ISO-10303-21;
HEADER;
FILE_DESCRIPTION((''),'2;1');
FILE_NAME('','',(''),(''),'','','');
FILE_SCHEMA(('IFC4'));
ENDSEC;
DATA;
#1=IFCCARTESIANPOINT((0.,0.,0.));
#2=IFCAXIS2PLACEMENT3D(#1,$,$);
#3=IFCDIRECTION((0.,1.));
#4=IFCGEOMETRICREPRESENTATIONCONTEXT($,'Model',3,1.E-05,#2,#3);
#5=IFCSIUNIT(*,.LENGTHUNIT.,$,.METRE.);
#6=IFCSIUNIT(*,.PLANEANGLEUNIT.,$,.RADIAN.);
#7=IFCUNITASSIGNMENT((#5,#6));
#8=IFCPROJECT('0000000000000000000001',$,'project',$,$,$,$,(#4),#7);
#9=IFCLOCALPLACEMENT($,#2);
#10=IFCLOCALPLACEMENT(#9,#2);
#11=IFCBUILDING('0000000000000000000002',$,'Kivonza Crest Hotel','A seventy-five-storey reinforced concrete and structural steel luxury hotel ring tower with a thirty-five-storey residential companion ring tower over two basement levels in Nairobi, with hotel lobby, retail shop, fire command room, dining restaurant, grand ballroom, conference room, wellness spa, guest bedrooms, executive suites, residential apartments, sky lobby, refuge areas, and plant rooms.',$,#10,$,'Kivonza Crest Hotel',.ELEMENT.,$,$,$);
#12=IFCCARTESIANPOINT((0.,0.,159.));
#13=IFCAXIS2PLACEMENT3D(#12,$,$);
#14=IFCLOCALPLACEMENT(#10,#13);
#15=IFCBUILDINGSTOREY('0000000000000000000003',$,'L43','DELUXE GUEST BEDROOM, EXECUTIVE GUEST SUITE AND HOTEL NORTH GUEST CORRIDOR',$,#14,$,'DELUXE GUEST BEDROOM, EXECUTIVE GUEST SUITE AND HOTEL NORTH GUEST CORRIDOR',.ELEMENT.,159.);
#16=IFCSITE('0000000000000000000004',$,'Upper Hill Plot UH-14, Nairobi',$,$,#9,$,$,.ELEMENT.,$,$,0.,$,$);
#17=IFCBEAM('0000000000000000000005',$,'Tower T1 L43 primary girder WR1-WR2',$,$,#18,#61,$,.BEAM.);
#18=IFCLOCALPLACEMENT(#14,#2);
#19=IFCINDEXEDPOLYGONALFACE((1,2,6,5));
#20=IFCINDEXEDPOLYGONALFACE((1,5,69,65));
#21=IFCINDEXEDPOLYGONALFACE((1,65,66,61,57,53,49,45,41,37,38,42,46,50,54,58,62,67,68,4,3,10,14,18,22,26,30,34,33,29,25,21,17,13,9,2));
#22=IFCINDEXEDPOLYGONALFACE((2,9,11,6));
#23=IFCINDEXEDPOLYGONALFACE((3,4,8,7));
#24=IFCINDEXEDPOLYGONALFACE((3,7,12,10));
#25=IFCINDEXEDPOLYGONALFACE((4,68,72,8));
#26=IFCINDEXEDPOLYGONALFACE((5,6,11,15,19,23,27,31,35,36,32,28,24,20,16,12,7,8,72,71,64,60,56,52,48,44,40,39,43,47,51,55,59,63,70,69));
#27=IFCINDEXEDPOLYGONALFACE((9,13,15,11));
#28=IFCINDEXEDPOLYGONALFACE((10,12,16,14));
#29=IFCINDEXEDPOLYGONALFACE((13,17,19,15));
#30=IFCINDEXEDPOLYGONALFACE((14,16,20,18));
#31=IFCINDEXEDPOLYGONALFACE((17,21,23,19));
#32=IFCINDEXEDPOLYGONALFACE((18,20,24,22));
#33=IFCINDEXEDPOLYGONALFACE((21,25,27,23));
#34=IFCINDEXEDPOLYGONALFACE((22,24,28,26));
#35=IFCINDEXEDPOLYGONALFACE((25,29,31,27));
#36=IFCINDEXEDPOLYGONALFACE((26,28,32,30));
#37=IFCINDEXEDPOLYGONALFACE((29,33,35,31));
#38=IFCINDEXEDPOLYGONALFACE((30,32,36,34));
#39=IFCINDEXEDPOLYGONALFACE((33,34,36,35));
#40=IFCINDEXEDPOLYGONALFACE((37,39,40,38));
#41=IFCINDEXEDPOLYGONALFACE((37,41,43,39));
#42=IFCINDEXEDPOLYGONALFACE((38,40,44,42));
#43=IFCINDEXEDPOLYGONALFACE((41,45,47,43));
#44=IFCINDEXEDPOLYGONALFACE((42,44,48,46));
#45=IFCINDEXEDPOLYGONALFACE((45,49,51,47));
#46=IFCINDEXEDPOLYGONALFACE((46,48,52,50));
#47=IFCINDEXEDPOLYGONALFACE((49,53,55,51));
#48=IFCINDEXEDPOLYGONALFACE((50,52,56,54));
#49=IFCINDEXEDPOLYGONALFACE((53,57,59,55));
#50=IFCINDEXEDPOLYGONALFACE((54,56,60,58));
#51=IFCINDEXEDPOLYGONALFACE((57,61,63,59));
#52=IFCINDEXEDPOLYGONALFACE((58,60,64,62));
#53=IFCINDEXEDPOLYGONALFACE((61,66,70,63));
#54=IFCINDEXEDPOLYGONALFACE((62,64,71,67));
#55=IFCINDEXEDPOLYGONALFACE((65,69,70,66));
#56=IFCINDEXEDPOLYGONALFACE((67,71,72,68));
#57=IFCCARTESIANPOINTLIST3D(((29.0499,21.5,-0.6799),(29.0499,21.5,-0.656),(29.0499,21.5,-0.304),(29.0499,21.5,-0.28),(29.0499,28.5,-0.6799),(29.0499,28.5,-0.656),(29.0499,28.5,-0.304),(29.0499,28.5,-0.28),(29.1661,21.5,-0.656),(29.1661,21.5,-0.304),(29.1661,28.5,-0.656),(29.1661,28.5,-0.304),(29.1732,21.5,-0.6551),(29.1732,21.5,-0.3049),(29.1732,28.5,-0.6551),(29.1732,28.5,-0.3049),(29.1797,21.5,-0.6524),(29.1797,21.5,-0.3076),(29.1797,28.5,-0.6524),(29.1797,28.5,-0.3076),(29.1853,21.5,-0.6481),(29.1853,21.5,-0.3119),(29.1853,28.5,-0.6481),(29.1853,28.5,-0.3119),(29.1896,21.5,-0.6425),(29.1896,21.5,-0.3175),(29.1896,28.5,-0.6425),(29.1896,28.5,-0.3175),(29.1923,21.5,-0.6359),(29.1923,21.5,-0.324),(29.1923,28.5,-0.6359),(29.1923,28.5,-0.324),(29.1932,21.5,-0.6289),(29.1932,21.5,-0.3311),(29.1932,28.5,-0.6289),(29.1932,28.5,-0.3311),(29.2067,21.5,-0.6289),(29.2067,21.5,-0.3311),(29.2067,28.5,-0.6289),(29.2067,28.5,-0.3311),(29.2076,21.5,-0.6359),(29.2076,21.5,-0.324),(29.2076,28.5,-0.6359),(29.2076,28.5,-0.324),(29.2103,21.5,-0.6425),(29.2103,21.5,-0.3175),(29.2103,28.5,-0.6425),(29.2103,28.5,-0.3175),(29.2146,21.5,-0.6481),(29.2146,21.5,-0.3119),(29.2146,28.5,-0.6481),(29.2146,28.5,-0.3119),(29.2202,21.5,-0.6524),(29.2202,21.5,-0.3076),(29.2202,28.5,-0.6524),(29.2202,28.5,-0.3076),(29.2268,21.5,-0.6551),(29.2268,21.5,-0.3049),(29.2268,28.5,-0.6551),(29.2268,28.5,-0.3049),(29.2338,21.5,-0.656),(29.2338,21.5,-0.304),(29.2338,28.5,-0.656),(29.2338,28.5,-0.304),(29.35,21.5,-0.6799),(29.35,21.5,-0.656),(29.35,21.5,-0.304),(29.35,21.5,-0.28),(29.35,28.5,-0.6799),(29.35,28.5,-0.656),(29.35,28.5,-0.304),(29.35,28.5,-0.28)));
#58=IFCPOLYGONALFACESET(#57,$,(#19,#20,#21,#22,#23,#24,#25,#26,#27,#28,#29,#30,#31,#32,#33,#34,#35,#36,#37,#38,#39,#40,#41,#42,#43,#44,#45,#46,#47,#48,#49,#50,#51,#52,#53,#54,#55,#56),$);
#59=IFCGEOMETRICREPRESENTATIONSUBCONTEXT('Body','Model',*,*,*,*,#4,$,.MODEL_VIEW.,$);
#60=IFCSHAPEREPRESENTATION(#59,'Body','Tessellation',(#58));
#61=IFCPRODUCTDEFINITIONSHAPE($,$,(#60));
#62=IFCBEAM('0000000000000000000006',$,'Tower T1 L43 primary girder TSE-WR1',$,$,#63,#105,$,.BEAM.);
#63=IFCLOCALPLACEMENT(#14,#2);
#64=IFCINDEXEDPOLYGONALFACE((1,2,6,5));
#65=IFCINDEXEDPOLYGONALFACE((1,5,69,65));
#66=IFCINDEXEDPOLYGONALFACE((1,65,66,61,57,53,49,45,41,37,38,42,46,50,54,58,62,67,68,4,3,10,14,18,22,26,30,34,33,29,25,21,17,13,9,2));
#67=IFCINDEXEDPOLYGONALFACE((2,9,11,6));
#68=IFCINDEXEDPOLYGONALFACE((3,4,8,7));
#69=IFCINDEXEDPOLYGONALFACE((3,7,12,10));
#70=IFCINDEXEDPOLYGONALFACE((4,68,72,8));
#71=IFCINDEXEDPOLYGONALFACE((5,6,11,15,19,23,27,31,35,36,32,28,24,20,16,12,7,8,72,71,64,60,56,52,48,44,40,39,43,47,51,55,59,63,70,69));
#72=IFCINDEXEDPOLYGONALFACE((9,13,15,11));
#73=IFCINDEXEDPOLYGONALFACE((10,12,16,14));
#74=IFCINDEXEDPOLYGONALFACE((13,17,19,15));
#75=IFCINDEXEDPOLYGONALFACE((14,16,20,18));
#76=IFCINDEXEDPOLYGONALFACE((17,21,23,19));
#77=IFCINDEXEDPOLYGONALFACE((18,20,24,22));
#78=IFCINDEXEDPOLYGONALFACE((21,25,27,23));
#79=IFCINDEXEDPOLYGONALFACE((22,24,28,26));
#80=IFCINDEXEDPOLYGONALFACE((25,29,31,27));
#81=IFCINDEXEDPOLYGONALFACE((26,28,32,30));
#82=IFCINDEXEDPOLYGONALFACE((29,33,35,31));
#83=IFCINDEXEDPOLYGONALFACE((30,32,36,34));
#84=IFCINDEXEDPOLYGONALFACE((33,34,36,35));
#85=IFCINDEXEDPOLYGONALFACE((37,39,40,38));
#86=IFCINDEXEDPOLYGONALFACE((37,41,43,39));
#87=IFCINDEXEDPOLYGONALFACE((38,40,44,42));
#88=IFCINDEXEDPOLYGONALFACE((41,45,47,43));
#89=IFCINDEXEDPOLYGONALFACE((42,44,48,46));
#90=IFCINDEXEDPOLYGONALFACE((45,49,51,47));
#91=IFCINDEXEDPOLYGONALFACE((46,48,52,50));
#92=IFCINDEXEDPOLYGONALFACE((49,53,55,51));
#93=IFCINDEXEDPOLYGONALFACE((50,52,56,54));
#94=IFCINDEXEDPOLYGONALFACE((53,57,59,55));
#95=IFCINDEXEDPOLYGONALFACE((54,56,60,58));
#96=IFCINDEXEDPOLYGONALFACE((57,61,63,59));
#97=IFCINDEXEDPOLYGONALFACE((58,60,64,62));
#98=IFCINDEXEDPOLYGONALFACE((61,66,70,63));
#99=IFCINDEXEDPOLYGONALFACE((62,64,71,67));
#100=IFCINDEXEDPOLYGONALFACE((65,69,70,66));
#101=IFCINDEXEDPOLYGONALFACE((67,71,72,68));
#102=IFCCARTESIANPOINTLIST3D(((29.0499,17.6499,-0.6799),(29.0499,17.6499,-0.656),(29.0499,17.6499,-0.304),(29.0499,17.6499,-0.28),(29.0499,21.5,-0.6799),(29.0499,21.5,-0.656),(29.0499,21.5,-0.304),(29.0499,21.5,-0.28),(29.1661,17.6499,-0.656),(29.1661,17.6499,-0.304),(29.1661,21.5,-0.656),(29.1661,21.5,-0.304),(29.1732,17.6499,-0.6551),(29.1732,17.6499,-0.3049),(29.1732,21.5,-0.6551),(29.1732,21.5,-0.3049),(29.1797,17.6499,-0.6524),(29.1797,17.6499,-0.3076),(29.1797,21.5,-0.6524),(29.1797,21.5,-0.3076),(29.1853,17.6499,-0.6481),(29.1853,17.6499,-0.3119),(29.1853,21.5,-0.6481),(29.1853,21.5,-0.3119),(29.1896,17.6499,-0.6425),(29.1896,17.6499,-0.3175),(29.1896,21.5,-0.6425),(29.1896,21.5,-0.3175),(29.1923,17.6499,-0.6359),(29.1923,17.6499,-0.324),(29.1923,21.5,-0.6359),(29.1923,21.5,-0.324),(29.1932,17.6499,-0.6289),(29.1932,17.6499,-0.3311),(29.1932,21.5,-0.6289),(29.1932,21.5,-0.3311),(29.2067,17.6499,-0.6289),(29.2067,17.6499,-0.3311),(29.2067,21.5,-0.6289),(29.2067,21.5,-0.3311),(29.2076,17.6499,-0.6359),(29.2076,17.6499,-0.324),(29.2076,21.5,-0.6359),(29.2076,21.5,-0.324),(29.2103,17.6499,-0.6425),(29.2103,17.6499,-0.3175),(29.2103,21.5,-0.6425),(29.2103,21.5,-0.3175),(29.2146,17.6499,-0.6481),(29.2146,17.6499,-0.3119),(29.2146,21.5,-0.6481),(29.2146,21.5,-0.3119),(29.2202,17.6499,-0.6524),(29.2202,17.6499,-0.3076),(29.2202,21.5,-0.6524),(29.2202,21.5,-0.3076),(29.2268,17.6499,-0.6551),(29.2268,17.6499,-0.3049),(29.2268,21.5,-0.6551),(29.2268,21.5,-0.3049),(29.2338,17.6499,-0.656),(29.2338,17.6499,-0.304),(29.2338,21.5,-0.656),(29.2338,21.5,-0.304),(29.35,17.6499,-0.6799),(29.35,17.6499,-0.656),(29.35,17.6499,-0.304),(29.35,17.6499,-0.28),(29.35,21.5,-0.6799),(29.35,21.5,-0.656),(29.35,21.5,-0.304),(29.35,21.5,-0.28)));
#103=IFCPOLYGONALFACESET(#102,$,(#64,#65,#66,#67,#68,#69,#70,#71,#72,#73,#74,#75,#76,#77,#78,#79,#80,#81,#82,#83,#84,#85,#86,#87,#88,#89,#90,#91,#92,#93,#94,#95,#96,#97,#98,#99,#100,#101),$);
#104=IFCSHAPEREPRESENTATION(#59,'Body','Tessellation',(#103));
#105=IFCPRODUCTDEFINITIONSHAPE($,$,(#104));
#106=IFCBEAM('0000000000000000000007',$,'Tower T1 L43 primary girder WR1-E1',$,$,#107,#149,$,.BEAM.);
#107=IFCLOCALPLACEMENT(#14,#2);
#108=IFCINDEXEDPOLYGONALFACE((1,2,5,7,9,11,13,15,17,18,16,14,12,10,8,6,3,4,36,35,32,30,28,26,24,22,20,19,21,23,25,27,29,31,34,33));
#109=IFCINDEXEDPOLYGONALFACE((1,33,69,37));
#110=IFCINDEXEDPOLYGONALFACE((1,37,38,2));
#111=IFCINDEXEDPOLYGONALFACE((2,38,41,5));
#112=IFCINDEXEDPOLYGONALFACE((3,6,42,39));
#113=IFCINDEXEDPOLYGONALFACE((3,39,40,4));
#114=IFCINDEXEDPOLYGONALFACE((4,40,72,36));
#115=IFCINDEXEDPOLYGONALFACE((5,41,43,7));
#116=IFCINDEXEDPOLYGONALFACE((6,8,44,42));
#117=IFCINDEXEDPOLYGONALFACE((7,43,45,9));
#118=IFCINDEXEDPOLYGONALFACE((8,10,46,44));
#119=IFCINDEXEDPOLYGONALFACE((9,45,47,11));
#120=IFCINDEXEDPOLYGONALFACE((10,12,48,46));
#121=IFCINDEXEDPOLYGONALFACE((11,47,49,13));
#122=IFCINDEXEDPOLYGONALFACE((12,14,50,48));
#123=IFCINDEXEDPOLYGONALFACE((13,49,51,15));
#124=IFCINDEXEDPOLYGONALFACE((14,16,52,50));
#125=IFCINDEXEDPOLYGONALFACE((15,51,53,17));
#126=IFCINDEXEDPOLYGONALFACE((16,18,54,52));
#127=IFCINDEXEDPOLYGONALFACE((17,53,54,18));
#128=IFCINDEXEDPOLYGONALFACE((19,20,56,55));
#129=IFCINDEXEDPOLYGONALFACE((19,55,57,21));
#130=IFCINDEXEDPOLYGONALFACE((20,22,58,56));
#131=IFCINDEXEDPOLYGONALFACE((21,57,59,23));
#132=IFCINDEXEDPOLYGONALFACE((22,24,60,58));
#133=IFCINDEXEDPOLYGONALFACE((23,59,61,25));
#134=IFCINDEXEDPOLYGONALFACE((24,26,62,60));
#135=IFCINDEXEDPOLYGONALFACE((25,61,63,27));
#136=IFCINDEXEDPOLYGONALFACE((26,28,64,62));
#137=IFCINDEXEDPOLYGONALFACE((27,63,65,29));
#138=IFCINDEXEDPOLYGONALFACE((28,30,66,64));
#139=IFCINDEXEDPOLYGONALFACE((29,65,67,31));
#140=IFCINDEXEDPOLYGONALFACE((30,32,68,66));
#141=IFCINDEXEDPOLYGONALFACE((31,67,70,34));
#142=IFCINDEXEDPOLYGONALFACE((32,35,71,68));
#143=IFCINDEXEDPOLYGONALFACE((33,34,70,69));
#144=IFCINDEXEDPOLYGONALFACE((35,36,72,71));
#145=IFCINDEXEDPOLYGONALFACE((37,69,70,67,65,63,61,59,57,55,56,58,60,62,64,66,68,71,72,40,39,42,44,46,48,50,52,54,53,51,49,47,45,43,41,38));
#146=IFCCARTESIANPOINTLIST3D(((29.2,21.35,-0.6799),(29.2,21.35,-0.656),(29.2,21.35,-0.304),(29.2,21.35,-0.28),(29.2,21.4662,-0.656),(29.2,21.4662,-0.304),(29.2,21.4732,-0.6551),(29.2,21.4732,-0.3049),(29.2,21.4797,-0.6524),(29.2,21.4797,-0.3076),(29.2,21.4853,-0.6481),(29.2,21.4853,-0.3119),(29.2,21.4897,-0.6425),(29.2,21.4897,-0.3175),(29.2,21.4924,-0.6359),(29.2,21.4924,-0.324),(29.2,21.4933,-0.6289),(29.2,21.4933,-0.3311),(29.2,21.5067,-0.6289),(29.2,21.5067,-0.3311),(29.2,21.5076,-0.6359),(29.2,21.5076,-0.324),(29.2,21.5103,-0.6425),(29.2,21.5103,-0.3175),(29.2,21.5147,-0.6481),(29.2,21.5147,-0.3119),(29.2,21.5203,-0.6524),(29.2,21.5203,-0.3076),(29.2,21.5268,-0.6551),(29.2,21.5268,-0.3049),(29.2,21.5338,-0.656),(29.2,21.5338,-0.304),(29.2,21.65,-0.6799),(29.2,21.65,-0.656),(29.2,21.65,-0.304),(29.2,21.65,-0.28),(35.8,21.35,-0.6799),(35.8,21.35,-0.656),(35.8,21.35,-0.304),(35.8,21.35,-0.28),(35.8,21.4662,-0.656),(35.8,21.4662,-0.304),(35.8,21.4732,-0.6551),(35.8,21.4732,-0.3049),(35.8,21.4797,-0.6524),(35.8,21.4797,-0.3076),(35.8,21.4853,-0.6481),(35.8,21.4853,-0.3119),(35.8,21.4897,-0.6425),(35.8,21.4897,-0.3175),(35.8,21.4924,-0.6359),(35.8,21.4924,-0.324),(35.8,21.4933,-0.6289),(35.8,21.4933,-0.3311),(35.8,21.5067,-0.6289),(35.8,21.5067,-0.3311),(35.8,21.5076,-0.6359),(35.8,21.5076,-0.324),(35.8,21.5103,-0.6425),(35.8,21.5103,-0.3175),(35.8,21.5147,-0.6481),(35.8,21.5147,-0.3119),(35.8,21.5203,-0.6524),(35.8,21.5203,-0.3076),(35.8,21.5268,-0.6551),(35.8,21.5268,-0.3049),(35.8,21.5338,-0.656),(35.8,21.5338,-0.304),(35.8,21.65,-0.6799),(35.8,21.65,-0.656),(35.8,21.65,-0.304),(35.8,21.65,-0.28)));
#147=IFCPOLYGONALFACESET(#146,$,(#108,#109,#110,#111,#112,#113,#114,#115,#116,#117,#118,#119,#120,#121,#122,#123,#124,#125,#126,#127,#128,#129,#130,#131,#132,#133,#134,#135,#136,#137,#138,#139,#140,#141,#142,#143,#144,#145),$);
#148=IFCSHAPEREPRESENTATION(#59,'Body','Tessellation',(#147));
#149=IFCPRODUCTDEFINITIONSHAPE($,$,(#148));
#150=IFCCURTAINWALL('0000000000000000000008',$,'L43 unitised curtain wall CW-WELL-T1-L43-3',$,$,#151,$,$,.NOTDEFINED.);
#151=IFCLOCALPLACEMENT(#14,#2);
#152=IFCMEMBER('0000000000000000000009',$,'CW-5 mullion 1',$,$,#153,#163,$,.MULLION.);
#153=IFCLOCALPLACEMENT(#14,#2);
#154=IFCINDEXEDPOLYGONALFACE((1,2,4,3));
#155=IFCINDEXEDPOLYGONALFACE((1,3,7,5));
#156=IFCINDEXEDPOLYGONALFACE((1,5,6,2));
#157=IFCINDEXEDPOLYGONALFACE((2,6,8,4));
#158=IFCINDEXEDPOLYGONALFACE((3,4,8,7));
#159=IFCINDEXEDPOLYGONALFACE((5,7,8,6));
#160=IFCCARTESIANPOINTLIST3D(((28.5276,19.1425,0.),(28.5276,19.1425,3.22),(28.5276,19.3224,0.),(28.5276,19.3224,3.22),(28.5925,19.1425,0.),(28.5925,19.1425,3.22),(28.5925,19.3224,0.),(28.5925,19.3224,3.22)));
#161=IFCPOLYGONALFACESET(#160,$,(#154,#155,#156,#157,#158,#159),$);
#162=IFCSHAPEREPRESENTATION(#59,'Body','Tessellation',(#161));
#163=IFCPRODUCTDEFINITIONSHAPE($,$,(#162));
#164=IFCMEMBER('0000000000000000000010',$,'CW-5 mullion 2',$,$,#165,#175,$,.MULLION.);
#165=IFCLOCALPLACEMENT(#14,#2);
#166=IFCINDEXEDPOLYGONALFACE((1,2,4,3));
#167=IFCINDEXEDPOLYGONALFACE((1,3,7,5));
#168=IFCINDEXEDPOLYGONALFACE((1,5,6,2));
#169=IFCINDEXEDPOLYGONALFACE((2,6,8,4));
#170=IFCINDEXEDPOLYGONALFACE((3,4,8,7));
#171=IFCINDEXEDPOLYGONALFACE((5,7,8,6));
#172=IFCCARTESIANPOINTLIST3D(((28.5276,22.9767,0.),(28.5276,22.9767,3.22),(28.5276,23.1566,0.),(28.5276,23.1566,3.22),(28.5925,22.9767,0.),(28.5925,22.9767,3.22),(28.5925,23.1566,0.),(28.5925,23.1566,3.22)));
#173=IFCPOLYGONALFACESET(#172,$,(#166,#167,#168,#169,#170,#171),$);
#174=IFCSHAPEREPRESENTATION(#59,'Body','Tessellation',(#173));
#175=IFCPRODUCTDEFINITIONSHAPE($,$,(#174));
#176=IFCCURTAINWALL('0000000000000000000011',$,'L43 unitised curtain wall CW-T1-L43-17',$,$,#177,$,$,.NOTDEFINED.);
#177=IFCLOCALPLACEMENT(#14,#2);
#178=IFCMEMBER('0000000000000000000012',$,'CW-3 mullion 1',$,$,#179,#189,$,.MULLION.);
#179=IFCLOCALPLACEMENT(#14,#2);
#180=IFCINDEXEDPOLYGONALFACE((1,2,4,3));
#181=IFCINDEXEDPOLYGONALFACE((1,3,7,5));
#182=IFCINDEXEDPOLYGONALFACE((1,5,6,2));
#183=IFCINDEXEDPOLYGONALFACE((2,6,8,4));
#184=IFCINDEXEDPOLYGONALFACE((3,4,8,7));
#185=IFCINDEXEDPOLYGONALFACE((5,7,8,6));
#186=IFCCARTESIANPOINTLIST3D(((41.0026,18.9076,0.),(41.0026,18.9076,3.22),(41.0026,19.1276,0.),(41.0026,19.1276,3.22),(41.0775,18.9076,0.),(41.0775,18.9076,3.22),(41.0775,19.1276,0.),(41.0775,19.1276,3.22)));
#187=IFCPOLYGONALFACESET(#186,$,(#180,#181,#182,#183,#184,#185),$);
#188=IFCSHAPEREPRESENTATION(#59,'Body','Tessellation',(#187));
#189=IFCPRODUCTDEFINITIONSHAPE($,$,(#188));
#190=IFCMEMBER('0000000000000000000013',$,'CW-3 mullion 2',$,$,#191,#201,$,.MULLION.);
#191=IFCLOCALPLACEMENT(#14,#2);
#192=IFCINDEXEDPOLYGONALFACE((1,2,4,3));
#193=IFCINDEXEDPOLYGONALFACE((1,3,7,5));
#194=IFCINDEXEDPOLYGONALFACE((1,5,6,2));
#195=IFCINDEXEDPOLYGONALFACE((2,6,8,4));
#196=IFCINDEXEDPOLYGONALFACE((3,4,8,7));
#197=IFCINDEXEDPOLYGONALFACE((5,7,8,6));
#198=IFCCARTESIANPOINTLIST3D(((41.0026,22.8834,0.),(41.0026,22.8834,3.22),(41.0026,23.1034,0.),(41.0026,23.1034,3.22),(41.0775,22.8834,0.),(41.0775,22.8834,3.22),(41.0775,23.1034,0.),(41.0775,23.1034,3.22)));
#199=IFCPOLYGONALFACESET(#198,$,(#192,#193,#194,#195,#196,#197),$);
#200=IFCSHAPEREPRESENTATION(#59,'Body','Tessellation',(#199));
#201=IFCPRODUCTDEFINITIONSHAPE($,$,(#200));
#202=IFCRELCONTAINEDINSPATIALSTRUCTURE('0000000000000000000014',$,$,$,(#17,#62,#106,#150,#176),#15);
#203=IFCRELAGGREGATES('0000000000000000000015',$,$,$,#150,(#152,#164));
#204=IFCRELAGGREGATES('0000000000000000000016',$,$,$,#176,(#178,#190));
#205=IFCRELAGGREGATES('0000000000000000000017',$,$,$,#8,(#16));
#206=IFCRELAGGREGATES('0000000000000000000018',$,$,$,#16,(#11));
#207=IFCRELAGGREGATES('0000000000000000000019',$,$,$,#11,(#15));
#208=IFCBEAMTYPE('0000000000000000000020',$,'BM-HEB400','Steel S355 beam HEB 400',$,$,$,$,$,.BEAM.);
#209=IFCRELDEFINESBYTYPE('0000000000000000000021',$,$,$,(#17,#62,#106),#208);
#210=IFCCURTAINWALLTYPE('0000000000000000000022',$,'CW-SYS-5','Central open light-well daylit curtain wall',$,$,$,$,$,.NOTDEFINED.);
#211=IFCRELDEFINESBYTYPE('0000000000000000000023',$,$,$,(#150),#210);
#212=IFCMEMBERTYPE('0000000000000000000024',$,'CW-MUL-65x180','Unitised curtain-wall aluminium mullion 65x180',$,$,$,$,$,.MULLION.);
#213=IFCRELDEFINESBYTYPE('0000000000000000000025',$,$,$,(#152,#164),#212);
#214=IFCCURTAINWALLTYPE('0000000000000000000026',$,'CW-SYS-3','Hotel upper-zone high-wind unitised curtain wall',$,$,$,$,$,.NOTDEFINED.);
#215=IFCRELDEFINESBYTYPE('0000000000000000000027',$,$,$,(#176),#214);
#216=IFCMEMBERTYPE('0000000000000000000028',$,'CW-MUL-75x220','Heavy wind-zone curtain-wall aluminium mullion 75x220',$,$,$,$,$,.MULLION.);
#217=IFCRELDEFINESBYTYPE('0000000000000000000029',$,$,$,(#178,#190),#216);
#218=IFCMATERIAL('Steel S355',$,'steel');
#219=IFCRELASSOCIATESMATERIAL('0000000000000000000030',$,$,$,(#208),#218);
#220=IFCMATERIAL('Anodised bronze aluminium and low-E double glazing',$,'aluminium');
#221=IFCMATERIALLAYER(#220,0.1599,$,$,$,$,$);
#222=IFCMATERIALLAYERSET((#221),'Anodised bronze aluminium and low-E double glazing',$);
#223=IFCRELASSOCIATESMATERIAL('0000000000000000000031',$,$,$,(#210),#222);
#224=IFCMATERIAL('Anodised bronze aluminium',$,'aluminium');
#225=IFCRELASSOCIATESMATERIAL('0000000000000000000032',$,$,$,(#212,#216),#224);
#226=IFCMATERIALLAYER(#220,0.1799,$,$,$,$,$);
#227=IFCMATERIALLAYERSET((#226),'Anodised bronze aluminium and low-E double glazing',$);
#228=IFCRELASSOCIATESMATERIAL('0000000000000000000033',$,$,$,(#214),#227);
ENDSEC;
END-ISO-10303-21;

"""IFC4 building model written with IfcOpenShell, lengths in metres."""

from ifc_helpers import new_model, si_unit, direction, frame, origin, origin_2d, place, context, subcontext, project, spatial, rectangle, i_section, extrude, material, layer, layer_set, material_profile, profile_set, type_object, element, aggregate, save


model = new_model("IFC4")

# Units and contexts
model_context = context("Model", 3, precision=1e-05, world=origin(), true_north=direction((0.0, 1.0)))
body_context = subcontext(model_context, "Body", "Model", "MODEL_VIEW")
ifc_project = project(units=[si_unit("LENGTHUNIT", "METRE"), si_unit("PLANEANGLEUNIT", "RADIAN")], contexts=[model_context])

# Site, building, storey
site_placement = place(None, origin())
site = spatial("IfcSite", under=ifc_project, at=site_placement, Name="Upper Hill Plot UH-14, Nairobi", CompositionType="ELEMENT", RefElevation=0.0)
building_placement = place(site_placement, origin())
building = spatial("IfcBuilding", under=site, at=building_placement, Name="Kivonza Crest Hotel", Description="A seventy-five-storey reinforced concrete and structural steel luxury hotel ring tower with a thirty-five-storey residential companion ring tower over two basement levels in Nairobi, with hotel lobby, retail shop, fire command room, dining restaurant, grand ballroom, conference room, wellness spa, guest bedrooms, executive suites, residential apartments, sky lobby, refuge areas, and plant rooms.", LongName="Kivonza Crest Hotel", CompositionType="ELEMENT")
storey_placement = place(building_placement, frame((0.0, 0.0, 159.0)))
storey = spatial("IfcBuildingStorey", under=building, at=storey_placement, Name="L43", Description="DELUXE GUEST BEDROOM, EXECUTIVE GUEST SUITE AND HOTEL NORTH GUEST CORRIDOR", LongName="DELUXE GUEST BEDROOM, EXECUTIVE GUEST SUITE AND HOTEL NORTH GUEST CORRIDOR", CompositionType="ELEMENT", Elevation=159.0)

# Beams
ifc_material_1 = material(Name="Steel S355", Category="steel")
ifc_material_profile_1 = material_profile(ifc_material_1, i_section(OverallWidth=0.3, OverallDepth=0.3999, WebThickness=0.0134, FlangeThickness=0.0239, FilletRadius=0.0271, at=origin_2d()), Name="HEB 400")
ifc_profile_set_1 = profile_set([ifc_material_profile_1], Name="Steel S355")
beam_type_1 = type_object("IfcBeamType", Name="BM-HEB400", Description="Steel S355 beam HEB 400", PredefinedType="BEAM", material=ifc_profile_set_1)
beam_1_placement = place(storey_placement, frame((29.2, 21.5, -0.48), z_axis=(0.0, 1.0, 0.0), x_axis=(-1.0, 0.0, 0.0)))
element("IfcBeam", 1, at=beam_1_placement, inside=storey, type_object=beam_type_1, Name="Tower T1 L43 primary girder WR1-WR2", PredefinedType="BEAM", context=body_context, shape_type="SweptSolid", body=[
    extrude(i_section(OverallWidth=0.3, OverallDepth=0.3999, WebThickness=0.0134, FlangeThickness=0.0239, FilletRadius=0.0271, at=origin_2d()), origin(), (0.0, 0.0, 1.0), 7.0),
])
beam_2_placement = place(storey_placement, frame((29.2, 17.6499, -0.48), z_axis=(0.0, 1.0, 0.0), x_axis=(-1.0, 0.0, 0.0)))
element("IfcBeam", 2, at=beam_2_placement, inside=storey, type_object=beam_type_1, Name="Tower T1 L43 primary girder TSE-WR1", PredefinedType="BEAM", context=body_context, shape_type="SweptSolid", body=[
    extrude(i_section(OverallWidth=0.3, OverallDepth=0.3999, WebThickness=0.0134, FlangeThickness=0.0239, FilletRadius=0.0271, at=origin_2d()), origin(), (0.0, 0.0, 1.0), 3.8501),
])
beam_3_placement = place(storey_placement, frame((29.2, 21.5, -0.48), z_axis=(1.0, 0.0, 0.0), x_axis=(0.0, 1.0, 0.0)))
element("IfcBeam", 3, at=beam_3_placement, inside=storey, type_object=beam_type_1, Name="Tower T1 L43 primary girder WR1-E1", PredefinedType="BEAM", context=body_context, shape_type="SweptSolid", body=[
    extrude(i_section(OverallWidth=0.3, OverallDepth=0.3999, WebThickness=0.0134, FlangeThickness=0.0239, FilletRadius=0.0271, at=origin_2d()), origin(), (0.0, 0.0, 1.0), 6.6001),
])

# Curtain walls, members
ifc_material_2 = material(Name="Anodised bronze aluminium and low-E double glazing", Category="aluminium")
ifc_layer_1 = layer(ifc_material_2, 0.1599)
ifc_layer_set_1 = layer_set([ifc_layer_1], Name="Anodised bronze aluminium and low-E double glazing")
curtain_wall_type_1 = type_object("IfcCurtainWallType", Name="CW-SYS-5", Description="Central open light-well daylit curtain wall", PredefinedType="NOTDEFINED", material=ifc_layer_set_1)
curtain_wall_1_placement = place(storey_placement, origin())
curtain_wall_1 = element("IfcCurtainWall", 4, at=curtain_wall_1_placement, inside=storey, type_object=curtain_wall_type_1, Name="L43 unitised curtain wall CW-WELL-T1-L43-3", PredefinedType="NOTDEFINED")
ifc_material_3 = material(Name="Anodised bronze aluminium", Category="aluminium")
ifc_material_profile_2 = material_profile(ifc_material_3, rectangle(XDim=0.0649, YDim=0.1799, at=origin_2d()), Name="CW-M 65x180")
ifc_profile_set_2 = profile_set([ifc_material_profile_2], Name="Anodised bronze aluminium")
member_type_1 = type_object("IfcMemberType", Name="CW-MUL-65x180", Description="Unitised curtain-wall aluminium mullion 65x180", PredefinedType="MULLION", material=ifc_profile_set_2)
member_1_placement = place(storey_placement, frame((28.5601, 19.2324, 0.0), z_axis=(0.0, 0.0, 1.0), x_axis=(-1.0, 0.0, 0.0)))
member_1 = element("IfcMember", 5, at=member_1_placement, type_object=member_type_1, Name="CW-5 mullion 1", PredefinedType="MULLION", context=body_context, shape_type="SweptSolid", body=[
    extrude(rectangle(XDim=0.0649, YDim=0.1799, at=origin_2d()), origin(), (0.0, 0.0, 1.0), 3.22),
])
member_2_placement = place(storey_placement, frame((28.5601, 23.0667, 0.0), z_axis=(0.0, 0.0, 1.0), x_axis=(-1.0, 0.0, 0.0)))
member_2 = element("IfcMember", 6, at=member_2_placement, type_object=member_type_1, Name="CW-5 mullion 2", PredefinedType="MULLION", context=body_context, shape_type="SweptSolid", body=[
    extrude(rectangle(XDim=0.0649, YDim=0.1799, at=origin_2d()), origin(), (0.0, 0.0, 1.0), 3.22),
])
ifc_layer_2 = layer(ifc_material_2, 0.1799)
ifc_layer_set_2 = layer_set([ifc_layer_2], Name="Anodised bronze aluminium and low-E double glazing")
curtain_wall_type_2 = type_object("IfcCurtainWallType", Name="CW-SYS-3", Description="Hotel upper-zone high-wind unitised curtain wall", PredefinedType="NOTDEFINED", material=ifc_layer_set_2)
curtain_wall_2_placement = place(storey_placement, origin())
curtain_wall_2 = element("IfcCurtainWall", 7, at=curtain_wall_2_placement, inside=storey, type_object=curtain_wall_type_2, Name="L43 unitised curtain wall CW-T1-L43-17", PredefinedType="NOTDEFINED")
ifc_material_profile_3 = material_profile(ifc_material_3, rectangle(XDim=0.075, YDim=0.22, at=origin_2d()), Name="CW-M 75x220")
ifc_profile_set_3 = profile_set([ifc_material_profile_3], Name="Anodised bronze aluminium")
member_type_2 = type_object("IfcMemberType", Name="CW-MUL-75x220", Description="Heavy wind-zone curtain-wall aluminium mullion 75x220", PredefinedType="MULLION", material=ifc_profile_set_3)
member_3_placement = place(storey_placement, frame((41.04, 19.0176, 0.0), z_axis=(0.0, 0.0, 1.0), x_axis=(-1.0, 0.0, 0.0)))
member_3 = element("IfcMember", 8, at=member_3_placement, type_object=member_type_2, Name="CW-3 mullion 1", PredefinedType="MULLION", context=body_context, shape_type="SweptSolid", body=[
    extrude(rectangle(XDim=0.075, YDim=0.22, at=origin_2d()), origin(), (0.0, 0.0, 1.0), 3.22),
])
member_4_placement = place(storey_placement, frame((41.04, 22.9934, 0.0), z_axis=(0.0, 0.0, 1.0), x_axis=(-1.0, 0.0, 0.0)))
member_4 = element("IfcMember", 9, at=member_4_placement, type_object=member_type_2, Name="CW-3 mullion 2", PredefinedType="MULLION", context=body_context, shape_type="SweptSolid", body=[
    extrude(rectangle(XDim=0.075, YDim=0.22, at=origin_2d()), origin(), (0.0, 0.0, 1.0), 3.22),
])

aggregate(curtain_wall_1, [member_1, member_2])
aggregate(curtain_wall_2, [member_3, member_4])

save(model, "model.ifc")
